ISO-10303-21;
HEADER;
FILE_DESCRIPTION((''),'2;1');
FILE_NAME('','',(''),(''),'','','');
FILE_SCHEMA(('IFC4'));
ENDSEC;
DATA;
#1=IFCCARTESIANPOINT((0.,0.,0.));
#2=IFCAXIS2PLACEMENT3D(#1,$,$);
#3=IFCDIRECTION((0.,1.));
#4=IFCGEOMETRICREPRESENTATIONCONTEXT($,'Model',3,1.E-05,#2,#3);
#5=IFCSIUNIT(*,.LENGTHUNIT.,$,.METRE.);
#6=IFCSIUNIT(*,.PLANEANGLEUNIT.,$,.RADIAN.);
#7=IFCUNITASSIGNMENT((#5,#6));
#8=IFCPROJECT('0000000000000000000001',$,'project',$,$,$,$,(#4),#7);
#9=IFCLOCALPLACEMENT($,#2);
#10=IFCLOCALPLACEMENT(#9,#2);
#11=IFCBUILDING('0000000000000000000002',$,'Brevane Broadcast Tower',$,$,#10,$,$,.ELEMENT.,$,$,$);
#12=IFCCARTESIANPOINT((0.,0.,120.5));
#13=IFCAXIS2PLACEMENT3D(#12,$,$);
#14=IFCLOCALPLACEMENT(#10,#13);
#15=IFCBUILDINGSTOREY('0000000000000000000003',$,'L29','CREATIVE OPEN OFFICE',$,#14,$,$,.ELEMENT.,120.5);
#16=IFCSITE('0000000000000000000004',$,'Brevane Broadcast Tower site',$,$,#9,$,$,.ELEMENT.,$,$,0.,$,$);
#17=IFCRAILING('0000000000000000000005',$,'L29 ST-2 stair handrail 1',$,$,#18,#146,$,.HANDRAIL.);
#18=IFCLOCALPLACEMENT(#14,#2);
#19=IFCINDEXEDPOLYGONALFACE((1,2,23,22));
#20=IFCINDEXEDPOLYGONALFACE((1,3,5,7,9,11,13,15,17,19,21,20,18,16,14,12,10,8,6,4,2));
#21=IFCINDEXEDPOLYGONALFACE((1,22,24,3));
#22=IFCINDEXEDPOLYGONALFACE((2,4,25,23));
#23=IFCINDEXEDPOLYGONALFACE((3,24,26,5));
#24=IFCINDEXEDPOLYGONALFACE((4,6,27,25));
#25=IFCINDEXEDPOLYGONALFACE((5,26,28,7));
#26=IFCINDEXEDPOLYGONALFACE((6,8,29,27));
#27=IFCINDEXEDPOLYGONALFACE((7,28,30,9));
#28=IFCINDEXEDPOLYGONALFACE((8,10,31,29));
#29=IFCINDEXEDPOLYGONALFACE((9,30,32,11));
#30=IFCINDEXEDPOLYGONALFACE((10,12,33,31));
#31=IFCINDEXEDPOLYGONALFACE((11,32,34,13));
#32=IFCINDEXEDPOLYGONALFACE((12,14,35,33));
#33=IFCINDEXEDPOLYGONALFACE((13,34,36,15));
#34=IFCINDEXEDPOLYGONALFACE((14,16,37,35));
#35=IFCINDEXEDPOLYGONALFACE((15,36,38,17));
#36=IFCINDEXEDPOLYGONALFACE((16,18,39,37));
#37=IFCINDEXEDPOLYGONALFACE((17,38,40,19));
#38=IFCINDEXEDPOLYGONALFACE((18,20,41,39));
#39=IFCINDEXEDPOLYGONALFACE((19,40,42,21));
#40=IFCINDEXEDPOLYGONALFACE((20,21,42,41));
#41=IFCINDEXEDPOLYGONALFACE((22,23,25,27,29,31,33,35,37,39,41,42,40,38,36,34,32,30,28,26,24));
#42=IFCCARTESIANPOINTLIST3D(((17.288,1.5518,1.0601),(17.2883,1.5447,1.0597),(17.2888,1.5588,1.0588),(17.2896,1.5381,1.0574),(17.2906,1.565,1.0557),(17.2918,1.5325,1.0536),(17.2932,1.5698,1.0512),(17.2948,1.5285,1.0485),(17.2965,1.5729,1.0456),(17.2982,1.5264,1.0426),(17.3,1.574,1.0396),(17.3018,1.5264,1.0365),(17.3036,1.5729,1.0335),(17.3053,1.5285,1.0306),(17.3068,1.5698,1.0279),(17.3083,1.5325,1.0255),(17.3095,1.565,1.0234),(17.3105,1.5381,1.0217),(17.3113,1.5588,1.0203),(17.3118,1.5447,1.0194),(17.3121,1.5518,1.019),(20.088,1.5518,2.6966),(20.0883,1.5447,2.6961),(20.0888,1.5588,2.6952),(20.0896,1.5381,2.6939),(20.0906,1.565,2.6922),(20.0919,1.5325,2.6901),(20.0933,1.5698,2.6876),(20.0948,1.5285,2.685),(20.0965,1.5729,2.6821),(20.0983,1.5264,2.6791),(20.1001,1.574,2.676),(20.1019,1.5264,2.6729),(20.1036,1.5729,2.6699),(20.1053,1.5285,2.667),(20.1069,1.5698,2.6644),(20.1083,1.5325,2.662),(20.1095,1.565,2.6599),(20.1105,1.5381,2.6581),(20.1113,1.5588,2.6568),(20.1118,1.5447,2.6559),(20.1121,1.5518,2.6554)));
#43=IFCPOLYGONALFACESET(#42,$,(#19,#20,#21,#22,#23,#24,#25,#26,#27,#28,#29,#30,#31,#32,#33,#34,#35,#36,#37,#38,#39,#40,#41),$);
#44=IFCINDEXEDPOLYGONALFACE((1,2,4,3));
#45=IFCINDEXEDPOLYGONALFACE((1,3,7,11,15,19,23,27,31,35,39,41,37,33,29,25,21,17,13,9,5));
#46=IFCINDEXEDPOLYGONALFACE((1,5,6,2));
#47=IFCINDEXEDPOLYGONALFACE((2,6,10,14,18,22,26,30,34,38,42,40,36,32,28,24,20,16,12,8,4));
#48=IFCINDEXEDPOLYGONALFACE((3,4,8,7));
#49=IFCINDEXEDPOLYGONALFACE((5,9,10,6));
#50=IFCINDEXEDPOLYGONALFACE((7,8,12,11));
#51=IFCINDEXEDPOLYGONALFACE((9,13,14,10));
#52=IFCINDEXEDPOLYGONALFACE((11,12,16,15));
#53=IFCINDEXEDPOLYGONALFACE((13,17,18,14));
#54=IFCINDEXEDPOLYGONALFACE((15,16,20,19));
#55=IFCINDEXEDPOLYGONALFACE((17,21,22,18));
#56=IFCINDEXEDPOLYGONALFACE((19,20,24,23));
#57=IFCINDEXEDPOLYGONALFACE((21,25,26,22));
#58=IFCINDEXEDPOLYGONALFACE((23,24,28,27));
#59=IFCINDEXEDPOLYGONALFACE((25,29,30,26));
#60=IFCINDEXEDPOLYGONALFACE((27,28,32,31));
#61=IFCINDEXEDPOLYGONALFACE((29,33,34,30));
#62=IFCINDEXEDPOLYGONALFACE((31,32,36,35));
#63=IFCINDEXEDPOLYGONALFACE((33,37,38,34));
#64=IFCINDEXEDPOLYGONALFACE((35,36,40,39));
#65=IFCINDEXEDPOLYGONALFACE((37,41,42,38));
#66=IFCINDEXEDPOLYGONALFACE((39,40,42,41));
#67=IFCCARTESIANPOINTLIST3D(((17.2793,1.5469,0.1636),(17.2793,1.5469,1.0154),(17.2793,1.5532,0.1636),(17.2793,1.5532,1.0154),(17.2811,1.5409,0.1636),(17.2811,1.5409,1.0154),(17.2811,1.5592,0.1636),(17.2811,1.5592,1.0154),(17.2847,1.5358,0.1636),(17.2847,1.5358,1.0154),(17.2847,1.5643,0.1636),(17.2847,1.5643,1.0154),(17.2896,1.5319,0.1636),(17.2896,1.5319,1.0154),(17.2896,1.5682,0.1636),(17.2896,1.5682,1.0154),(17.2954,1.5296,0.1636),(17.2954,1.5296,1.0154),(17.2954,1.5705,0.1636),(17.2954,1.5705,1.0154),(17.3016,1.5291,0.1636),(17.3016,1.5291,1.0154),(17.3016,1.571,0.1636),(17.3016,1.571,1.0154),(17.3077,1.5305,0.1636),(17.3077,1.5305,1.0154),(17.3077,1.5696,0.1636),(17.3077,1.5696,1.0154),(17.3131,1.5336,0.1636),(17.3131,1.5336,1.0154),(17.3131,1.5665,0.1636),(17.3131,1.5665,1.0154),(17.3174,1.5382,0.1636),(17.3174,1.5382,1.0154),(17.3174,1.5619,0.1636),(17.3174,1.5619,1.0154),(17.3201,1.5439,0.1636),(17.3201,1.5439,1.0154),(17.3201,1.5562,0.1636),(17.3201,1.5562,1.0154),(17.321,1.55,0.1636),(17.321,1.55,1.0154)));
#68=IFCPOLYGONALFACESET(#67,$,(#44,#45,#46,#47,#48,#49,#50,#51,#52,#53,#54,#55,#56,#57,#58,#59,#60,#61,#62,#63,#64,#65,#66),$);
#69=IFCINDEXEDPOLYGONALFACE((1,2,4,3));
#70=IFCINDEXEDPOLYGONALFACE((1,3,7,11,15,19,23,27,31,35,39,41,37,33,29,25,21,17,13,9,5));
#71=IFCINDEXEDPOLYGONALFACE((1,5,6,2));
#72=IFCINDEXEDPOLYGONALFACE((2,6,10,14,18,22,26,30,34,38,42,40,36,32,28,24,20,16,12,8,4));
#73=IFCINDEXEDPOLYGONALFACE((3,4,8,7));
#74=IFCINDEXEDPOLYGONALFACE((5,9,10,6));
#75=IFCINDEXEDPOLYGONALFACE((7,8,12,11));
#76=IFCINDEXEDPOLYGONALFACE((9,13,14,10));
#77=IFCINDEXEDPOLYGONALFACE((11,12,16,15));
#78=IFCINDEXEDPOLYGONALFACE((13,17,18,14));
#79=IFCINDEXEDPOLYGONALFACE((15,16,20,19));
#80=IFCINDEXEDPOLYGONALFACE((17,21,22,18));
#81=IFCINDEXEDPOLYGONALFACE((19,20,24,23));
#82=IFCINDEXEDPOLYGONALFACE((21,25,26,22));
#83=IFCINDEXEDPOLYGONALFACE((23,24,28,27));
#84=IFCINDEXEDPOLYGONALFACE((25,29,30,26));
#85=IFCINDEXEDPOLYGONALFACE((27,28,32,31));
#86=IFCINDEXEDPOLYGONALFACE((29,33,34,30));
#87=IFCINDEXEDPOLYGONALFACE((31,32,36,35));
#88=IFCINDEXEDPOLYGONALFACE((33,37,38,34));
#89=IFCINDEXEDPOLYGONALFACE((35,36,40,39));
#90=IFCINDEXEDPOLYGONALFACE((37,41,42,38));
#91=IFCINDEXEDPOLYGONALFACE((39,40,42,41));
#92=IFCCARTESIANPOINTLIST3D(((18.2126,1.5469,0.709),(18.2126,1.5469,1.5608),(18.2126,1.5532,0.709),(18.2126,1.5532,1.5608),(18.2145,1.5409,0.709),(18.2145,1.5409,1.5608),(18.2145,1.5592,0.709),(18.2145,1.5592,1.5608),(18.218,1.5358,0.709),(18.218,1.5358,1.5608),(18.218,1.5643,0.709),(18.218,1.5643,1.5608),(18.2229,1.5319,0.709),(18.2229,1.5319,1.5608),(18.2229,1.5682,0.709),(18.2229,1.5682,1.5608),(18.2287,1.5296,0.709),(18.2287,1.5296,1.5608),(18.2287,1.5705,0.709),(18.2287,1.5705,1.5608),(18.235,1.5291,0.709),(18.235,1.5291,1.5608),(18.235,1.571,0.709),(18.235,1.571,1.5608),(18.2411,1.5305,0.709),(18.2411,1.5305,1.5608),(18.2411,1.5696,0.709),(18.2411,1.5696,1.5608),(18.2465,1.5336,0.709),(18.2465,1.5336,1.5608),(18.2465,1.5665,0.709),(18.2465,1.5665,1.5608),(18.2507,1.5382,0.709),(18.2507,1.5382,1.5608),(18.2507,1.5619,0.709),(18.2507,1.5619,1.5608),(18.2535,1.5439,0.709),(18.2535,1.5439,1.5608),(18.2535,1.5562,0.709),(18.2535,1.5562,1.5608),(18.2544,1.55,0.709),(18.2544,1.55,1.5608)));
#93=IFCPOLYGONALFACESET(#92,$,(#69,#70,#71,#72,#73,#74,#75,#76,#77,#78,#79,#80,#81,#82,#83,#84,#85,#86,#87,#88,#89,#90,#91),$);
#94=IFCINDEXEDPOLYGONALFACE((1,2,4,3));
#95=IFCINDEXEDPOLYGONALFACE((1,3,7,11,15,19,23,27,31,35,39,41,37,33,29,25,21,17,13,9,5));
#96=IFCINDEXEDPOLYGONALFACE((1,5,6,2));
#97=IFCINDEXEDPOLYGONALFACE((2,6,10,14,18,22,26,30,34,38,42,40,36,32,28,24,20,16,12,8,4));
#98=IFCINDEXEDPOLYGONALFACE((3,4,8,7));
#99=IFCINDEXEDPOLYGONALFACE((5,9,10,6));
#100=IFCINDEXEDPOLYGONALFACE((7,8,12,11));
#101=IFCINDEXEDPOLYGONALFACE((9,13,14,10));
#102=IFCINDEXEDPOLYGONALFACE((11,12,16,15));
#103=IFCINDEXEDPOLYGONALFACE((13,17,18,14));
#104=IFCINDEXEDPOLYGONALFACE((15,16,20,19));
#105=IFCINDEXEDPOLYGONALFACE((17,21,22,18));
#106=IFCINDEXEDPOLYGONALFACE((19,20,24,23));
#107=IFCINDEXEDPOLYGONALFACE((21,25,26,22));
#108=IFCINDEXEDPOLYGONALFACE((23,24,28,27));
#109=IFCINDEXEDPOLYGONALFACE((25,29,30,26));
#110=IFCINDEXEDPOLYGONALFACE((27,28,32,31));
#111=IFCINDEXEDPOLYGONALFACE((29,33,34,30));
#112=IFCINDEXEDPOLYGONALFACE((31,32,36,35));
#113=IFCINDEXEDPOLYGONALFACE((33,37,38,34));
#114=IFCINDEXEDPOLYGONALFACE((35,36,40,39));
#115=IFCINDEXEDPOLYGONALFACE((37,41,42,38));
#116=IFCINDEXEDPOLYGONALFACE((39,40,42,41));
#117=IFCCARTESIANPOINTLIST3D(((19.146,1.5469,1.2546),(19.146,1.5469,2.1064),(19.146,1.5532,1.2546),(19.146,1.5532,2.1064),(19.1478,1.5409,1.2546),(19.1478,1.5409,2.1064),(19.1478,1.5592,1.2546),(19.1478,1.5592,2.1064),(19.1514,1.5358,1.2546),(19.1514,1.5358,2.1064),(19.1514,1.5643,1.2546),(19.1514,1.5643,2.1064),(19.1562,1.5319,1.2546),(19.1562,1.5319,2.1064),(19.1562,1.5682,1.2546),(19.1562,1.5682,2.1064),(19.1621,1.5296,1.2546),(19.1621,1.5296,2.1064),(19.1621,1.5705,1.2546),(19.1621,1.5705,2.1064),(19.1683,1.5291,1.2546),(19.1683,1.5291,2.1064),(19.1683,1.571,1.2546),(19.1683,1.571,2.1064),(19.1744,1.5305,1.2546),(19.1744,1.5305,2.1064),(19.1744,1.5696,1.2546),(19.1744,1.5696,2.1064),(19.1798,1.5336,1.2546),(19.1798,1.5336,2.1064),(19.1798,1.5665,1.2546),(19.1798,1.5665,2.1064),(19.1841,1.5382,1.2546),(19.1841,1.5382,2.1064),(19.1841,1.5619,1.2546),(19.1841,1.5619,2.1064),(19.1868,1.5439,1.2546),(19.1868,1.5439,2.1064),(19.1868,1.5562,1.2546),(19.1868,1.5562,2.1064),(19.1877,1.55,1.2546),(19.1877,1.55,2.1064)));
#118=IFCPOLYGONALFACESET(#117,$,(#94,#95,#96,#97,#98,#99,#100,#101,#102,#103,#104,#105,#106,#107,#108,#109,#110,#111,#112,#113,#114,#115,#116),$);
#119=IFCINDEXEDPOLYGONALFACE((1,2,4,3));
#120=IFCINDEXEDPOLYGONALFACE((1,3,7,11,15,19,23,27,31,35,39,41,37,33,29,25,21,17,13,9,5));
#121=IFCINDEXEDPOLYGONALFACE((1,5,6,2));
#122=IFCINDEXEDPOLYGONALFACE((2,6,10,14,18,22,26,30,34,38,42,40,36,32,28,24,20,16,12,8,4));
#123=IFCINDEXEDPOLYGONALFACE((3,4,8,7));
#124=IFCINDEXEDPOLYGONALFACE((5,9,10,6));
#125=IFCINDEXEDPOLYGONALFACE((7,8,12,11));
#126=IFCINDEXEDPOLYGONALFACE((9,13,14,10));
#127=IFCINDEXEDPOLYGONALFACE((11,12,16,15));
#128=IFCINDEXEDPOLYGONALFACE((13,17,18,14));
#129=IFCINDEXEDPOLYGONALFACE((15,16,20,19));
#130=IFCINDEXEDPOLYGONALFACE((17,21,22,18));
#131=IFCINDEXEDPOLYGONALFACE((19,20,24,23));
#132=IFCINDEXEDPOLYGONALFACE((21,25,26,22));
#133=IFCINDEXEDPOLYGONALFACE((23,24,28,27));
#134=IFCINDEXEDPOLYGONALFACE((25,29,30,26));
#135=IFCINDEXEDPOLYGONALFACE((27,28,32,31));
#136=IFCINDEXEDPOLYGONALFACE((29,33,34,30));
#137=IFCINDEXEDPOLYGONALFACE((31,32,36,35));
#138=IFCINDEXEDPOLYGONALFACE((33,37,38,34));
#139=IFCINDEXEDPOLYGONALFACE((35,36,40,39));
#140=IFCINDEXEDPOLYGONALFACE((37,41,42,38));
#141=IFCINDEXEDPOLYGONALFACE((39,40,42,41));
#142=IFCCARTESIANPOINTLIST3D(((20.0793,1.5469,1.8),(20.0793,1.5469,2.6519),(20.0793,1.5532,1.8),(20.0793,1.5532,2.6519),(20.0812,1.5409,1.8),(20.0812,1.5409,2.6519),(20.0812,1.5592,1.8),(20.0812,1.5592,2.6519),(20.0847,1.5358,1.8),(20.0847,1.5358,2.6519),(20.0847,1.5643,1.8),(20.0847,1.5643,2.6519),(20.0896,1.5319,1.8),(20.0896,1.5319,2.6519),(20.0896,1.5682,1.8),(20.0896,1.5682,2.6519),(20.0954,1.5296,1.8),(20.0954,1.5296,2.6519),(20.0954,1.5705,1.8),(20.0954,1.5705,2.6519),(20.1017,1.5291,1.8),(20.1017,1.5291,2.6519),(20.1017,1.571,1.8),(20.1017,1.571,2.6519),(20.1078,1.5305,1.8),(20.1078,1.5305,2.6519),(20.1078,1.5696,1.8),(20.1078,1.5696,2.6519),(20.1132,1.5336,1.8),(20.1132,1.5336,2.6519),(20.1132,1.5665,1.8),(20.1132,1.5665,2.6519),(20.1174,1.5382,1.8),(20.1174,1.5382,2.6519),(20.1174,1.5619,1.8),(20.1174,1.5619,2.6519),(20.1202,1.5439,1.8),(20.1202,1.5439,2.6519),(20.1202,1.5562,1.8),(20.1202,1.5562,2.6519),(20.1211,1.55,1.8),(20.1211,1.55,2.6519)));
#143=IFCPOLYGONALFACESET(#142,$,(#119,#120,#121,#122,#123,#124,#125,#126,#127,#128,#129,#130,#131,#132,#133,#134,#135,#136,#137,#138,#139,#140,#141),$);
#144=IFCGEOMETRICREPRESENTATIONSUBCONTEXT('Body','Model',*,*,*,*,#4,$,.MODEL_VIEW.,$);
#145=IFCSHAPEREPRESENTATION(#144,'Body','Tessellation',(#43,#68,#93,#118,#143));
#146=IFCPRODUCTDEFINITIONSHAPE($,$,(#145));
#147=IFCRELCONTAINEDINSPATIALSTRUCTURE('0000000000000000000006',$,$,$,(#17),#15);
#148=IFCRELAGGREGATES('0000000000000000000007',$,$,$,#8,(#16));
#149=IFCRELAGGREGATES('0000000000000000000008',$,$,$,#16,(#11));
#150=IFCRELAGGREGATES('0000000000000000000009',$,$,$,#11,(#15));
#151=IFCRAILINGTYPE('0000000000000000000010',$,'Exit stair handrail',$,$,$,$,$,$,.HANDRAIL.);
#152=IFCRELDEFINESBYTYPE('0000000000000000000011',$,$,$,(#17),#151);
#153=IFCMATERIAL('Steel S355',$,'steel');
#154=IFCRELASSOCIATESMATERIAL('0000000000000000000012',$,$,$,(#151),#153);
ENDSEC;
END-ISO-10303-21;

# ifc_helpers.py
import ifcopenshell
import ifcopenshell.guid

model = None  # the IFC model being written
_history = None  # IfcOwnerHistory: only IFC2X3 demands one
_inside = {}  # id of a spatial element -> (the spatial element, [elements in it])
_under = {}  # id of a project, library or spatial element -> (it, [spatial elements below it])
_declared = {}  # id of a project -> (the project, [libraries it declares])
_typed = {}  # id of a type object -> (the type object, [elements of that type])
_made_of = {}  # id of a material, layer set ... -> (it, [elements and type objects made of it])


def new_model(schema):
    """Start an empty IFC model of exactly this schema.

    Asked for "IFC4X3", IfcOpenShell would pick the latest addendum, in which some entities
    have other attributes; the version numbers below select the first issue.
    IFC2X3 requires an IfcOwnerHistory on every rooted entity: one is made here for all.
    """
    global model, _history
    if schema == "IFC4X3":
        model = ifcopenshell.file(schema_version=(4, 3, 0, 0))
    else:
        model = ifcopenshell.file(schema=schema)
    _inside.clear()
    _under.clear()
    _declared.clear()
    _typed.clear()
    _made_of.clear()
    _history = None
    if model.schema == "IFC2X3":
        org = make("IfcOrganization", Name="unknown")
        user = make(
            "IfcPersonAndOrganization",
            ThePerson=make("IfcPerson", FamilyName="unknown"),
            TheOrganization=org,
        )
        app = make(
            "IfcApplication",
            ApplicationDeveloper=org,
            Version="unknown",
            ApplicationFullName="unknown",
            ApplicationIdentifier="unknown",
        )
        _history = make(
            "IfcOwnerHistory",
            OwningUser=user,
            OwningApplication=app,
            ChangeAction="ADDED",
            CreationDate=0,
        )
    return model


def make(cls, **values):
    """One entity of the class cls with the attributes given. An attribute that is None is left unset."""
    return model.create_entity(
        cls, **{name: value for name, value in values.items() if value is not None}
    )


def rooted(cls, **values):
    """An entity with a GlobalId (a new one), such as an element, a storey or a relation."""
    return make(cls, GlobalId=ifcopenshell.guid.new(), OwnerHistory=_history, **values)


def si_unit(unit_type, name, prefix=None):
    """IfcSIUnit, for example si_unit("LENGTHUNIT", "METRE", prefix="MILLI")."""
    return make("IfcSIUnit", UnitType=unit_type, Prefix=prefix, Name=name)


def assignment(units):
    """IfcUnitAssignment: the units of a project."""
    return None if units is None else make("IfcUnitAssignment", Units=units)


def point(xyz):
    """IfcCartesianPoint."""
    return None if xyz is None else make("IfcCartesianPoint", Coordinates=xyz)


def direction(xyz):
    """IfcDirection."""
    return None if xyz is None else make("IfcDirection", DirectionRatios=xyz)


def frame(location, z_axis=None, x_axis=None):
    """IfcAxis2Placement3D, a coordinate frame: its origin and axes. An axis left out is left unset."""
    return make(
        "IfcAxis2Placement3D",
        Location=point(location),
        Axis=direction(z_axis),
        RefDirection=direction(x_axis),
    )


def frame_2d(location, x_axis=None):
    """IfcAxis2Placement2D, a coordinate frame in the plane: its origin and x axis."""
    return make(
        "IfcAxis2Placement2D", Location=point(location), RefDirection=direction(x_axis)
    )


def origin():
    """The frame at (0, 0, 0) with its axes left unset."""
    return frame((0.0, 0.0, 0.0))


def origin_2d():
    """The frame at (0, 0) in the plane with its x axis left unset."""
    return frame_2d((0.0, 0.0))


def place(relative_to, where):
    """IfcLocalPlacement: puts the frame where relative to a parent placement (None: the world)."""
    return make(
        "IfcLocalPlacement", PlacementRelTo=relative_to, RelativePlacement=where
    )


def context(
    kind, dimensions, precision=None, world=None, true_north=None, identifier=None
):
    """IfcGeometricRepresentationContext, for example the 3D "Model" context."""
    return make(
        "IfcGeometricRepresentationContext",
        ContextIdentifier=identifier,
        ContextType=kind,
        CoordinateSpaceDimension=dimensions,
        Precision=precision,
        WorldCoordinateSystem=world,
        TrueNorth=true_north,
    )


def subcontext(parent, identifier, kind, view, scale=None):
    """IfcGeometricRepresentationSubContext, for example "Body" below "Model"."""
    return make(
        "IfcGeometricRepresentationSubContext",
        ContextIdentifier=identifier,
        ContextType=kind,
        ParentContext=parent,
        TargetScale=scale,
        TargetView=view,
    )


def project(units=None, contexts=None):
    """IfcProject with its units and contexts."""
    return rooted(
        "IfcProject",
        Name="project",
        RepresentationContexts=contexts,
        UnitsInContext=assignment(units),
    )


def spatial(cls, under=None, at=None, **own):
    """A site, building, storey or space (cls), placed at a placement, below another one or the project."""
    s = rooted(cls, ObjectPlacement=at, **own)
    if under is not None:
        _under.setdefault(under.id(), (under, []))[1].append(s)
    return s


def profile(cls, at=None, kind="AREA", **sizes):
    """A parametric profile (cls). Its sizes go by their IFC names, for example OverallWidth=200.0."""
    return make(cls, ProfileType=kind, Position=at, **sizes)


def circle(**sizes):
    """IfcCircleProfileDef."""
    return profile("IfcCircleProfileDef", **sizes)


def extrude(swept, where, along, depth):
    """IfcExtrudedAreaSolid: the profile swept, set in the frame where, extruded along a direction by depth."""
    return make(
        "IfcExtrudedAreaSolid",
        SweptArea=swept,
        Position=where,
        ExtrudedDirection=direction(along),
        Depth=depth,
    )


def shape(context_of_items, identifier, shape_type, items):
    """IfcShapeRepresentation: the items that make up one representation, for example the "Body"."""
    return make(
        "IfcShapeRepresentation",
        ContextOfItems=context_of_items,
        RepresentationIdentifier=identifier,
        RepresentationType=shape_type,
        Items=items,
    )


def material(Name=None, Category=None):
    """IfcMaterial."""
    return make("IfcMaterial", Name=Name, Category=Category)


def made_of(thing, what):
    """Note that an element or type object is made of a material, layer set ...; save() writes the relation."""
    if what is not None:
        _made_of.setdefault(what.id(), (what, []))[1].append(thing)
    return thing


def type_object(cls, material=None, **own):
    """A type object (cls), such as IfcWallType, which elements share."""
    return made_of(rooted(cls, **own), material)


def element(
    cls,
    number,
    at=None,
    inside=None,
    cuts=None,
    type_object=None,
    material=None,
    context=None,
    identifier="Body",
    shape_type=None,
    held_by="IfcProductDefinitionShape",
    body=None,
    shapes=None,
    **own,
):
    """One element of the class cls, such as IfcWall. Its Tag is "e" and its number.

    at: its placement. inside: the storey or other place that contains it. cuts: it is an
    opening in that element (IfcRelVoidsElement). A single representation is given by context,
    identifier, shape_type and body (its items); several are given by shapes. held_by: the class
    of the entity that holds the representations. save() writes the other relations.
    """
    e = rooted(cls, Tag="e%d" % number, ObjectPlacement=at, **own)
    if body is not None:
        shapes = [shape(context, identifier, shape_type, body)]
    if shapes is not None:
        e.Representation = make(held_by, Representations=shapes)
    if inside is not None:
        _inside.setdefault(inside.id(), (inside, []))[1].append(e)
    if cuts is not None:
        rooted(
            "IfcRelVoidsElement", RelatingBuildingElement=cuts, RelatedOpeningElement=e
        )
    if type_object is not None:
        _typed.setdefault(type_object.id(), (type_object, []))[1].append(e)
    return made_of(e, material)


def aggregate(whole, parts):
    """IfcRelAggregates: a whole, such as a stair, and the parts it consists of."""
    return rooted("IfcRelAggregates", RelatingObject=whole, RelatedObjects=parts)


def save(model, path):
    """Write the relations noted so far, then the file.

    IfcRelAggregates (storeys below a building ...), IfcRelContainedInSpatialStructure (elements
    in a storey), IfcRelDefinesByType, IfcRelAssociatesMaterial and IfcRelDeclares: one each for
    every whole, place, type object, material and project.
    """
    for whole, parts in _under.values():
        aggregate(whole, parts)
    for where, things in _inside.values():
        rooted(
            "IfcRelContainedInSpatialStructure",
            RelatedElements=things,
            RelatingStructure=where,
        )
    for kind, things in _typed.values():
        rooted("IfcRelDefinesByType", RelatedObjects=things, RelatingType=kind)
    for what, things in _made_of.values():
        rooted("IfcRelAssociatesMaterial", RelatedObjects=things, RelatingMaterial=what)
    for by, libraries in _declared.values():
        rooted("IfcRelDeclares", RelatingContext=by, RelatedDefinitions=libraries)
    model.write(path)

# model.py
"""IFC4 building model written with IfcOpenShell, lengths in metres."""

from ifc_helpers import new_model, si_unit, direction, frame, origin, origin_2d, place, context, subcontext, project, spatial, circle, extrude, material, type_object, element, save


model = new_model("IFC4")

# Units and contexts
model_context = context("Model", 3, precision=1e-05, world=origin(), true_north=direction((0.0, 1.0)))
body_context = subcontext(model_context, "Body", "Model", "MODEL_VIEW")
ifc_project = project(units=[si_unit("LENGTHUNIT", "METRE"), si_unit("PLANEANGLEUNIT", "RADIAN")], contexts=[model_context])

# Site, building, storey
site_placement = place(None, origin())
site = spatial("IfcSite", under=ifc_project, at=site_placement, Name="Brevane Broadcast Tower site", CompositionType="ELEMENT", RefElevation=0.0)
building_placement = place(site_placement, origin())
building = spatial("IfcBuilding", under=site, at=building_placement, Name="Brevane Broadcast Tower", CompositionType="ELEMENT")
storey_placement = place(building_placement, frame((0.0, 0.0, 120.5)))
storey = spatial("IfcBuildingStorey", under=building, at=storey_placement, Name="L29", Description="CREATIVE OPEN OFFICE", CompositionType="ELEMENT", Elevation=120.5)

# Railing
ifc_material_1 = material(Name="Steel S355", Category="steel")
railing_type_1 = type_object("IfcRailingType", Name="Exit stair handrail", PredefinedType="HANDRAIL", material=ifc_material_1)
railing_1_placement = place(storey_placement, frame((17.3, 1.55, 0.1636)))
element("IfcRailing", 1, at=railing_1_placement, inside=storey, type_object=railing_type_1, Name="L29 ST-2 stair handrail 1", PredefinedType="HANDRAIL", context=body_context, shape_type="SweptSolid", body=[
    extrude(circle(Radius=0.0239, at=origin_2d()), frame((0.0, 0.0, 0.876), z_axis=(0.863361, 0.0, 0.504587), x_axis=(0.0, 1.0, 0.0)), (0.0, 0.0, 1.0), 3.2432),
    extrude(circle(Radius=0.021, at=origin_2d()), origin(), (0.0, 0.0, 1.0), 0.8518),
    extrude(circle(Radius=0.021, at=origin_2d()), frame((0.9333, 0.0, 0.5454)), (0.0, 0.0, 1.0), 0.8518),
    extrude(circle(Radius=0.021, at=origin_2d()), frame((1.8667, 0.0, 1.0911)), (0.0, 0.0, 1.0), 0.8518),
    extrude(circle(Radius=0.021, at=origin_2d()), frame((2.8, 0.0, 1.6365)), (0.0, 0.0, 1.0), 0.8518),
])

save(model, "model.ifc")
